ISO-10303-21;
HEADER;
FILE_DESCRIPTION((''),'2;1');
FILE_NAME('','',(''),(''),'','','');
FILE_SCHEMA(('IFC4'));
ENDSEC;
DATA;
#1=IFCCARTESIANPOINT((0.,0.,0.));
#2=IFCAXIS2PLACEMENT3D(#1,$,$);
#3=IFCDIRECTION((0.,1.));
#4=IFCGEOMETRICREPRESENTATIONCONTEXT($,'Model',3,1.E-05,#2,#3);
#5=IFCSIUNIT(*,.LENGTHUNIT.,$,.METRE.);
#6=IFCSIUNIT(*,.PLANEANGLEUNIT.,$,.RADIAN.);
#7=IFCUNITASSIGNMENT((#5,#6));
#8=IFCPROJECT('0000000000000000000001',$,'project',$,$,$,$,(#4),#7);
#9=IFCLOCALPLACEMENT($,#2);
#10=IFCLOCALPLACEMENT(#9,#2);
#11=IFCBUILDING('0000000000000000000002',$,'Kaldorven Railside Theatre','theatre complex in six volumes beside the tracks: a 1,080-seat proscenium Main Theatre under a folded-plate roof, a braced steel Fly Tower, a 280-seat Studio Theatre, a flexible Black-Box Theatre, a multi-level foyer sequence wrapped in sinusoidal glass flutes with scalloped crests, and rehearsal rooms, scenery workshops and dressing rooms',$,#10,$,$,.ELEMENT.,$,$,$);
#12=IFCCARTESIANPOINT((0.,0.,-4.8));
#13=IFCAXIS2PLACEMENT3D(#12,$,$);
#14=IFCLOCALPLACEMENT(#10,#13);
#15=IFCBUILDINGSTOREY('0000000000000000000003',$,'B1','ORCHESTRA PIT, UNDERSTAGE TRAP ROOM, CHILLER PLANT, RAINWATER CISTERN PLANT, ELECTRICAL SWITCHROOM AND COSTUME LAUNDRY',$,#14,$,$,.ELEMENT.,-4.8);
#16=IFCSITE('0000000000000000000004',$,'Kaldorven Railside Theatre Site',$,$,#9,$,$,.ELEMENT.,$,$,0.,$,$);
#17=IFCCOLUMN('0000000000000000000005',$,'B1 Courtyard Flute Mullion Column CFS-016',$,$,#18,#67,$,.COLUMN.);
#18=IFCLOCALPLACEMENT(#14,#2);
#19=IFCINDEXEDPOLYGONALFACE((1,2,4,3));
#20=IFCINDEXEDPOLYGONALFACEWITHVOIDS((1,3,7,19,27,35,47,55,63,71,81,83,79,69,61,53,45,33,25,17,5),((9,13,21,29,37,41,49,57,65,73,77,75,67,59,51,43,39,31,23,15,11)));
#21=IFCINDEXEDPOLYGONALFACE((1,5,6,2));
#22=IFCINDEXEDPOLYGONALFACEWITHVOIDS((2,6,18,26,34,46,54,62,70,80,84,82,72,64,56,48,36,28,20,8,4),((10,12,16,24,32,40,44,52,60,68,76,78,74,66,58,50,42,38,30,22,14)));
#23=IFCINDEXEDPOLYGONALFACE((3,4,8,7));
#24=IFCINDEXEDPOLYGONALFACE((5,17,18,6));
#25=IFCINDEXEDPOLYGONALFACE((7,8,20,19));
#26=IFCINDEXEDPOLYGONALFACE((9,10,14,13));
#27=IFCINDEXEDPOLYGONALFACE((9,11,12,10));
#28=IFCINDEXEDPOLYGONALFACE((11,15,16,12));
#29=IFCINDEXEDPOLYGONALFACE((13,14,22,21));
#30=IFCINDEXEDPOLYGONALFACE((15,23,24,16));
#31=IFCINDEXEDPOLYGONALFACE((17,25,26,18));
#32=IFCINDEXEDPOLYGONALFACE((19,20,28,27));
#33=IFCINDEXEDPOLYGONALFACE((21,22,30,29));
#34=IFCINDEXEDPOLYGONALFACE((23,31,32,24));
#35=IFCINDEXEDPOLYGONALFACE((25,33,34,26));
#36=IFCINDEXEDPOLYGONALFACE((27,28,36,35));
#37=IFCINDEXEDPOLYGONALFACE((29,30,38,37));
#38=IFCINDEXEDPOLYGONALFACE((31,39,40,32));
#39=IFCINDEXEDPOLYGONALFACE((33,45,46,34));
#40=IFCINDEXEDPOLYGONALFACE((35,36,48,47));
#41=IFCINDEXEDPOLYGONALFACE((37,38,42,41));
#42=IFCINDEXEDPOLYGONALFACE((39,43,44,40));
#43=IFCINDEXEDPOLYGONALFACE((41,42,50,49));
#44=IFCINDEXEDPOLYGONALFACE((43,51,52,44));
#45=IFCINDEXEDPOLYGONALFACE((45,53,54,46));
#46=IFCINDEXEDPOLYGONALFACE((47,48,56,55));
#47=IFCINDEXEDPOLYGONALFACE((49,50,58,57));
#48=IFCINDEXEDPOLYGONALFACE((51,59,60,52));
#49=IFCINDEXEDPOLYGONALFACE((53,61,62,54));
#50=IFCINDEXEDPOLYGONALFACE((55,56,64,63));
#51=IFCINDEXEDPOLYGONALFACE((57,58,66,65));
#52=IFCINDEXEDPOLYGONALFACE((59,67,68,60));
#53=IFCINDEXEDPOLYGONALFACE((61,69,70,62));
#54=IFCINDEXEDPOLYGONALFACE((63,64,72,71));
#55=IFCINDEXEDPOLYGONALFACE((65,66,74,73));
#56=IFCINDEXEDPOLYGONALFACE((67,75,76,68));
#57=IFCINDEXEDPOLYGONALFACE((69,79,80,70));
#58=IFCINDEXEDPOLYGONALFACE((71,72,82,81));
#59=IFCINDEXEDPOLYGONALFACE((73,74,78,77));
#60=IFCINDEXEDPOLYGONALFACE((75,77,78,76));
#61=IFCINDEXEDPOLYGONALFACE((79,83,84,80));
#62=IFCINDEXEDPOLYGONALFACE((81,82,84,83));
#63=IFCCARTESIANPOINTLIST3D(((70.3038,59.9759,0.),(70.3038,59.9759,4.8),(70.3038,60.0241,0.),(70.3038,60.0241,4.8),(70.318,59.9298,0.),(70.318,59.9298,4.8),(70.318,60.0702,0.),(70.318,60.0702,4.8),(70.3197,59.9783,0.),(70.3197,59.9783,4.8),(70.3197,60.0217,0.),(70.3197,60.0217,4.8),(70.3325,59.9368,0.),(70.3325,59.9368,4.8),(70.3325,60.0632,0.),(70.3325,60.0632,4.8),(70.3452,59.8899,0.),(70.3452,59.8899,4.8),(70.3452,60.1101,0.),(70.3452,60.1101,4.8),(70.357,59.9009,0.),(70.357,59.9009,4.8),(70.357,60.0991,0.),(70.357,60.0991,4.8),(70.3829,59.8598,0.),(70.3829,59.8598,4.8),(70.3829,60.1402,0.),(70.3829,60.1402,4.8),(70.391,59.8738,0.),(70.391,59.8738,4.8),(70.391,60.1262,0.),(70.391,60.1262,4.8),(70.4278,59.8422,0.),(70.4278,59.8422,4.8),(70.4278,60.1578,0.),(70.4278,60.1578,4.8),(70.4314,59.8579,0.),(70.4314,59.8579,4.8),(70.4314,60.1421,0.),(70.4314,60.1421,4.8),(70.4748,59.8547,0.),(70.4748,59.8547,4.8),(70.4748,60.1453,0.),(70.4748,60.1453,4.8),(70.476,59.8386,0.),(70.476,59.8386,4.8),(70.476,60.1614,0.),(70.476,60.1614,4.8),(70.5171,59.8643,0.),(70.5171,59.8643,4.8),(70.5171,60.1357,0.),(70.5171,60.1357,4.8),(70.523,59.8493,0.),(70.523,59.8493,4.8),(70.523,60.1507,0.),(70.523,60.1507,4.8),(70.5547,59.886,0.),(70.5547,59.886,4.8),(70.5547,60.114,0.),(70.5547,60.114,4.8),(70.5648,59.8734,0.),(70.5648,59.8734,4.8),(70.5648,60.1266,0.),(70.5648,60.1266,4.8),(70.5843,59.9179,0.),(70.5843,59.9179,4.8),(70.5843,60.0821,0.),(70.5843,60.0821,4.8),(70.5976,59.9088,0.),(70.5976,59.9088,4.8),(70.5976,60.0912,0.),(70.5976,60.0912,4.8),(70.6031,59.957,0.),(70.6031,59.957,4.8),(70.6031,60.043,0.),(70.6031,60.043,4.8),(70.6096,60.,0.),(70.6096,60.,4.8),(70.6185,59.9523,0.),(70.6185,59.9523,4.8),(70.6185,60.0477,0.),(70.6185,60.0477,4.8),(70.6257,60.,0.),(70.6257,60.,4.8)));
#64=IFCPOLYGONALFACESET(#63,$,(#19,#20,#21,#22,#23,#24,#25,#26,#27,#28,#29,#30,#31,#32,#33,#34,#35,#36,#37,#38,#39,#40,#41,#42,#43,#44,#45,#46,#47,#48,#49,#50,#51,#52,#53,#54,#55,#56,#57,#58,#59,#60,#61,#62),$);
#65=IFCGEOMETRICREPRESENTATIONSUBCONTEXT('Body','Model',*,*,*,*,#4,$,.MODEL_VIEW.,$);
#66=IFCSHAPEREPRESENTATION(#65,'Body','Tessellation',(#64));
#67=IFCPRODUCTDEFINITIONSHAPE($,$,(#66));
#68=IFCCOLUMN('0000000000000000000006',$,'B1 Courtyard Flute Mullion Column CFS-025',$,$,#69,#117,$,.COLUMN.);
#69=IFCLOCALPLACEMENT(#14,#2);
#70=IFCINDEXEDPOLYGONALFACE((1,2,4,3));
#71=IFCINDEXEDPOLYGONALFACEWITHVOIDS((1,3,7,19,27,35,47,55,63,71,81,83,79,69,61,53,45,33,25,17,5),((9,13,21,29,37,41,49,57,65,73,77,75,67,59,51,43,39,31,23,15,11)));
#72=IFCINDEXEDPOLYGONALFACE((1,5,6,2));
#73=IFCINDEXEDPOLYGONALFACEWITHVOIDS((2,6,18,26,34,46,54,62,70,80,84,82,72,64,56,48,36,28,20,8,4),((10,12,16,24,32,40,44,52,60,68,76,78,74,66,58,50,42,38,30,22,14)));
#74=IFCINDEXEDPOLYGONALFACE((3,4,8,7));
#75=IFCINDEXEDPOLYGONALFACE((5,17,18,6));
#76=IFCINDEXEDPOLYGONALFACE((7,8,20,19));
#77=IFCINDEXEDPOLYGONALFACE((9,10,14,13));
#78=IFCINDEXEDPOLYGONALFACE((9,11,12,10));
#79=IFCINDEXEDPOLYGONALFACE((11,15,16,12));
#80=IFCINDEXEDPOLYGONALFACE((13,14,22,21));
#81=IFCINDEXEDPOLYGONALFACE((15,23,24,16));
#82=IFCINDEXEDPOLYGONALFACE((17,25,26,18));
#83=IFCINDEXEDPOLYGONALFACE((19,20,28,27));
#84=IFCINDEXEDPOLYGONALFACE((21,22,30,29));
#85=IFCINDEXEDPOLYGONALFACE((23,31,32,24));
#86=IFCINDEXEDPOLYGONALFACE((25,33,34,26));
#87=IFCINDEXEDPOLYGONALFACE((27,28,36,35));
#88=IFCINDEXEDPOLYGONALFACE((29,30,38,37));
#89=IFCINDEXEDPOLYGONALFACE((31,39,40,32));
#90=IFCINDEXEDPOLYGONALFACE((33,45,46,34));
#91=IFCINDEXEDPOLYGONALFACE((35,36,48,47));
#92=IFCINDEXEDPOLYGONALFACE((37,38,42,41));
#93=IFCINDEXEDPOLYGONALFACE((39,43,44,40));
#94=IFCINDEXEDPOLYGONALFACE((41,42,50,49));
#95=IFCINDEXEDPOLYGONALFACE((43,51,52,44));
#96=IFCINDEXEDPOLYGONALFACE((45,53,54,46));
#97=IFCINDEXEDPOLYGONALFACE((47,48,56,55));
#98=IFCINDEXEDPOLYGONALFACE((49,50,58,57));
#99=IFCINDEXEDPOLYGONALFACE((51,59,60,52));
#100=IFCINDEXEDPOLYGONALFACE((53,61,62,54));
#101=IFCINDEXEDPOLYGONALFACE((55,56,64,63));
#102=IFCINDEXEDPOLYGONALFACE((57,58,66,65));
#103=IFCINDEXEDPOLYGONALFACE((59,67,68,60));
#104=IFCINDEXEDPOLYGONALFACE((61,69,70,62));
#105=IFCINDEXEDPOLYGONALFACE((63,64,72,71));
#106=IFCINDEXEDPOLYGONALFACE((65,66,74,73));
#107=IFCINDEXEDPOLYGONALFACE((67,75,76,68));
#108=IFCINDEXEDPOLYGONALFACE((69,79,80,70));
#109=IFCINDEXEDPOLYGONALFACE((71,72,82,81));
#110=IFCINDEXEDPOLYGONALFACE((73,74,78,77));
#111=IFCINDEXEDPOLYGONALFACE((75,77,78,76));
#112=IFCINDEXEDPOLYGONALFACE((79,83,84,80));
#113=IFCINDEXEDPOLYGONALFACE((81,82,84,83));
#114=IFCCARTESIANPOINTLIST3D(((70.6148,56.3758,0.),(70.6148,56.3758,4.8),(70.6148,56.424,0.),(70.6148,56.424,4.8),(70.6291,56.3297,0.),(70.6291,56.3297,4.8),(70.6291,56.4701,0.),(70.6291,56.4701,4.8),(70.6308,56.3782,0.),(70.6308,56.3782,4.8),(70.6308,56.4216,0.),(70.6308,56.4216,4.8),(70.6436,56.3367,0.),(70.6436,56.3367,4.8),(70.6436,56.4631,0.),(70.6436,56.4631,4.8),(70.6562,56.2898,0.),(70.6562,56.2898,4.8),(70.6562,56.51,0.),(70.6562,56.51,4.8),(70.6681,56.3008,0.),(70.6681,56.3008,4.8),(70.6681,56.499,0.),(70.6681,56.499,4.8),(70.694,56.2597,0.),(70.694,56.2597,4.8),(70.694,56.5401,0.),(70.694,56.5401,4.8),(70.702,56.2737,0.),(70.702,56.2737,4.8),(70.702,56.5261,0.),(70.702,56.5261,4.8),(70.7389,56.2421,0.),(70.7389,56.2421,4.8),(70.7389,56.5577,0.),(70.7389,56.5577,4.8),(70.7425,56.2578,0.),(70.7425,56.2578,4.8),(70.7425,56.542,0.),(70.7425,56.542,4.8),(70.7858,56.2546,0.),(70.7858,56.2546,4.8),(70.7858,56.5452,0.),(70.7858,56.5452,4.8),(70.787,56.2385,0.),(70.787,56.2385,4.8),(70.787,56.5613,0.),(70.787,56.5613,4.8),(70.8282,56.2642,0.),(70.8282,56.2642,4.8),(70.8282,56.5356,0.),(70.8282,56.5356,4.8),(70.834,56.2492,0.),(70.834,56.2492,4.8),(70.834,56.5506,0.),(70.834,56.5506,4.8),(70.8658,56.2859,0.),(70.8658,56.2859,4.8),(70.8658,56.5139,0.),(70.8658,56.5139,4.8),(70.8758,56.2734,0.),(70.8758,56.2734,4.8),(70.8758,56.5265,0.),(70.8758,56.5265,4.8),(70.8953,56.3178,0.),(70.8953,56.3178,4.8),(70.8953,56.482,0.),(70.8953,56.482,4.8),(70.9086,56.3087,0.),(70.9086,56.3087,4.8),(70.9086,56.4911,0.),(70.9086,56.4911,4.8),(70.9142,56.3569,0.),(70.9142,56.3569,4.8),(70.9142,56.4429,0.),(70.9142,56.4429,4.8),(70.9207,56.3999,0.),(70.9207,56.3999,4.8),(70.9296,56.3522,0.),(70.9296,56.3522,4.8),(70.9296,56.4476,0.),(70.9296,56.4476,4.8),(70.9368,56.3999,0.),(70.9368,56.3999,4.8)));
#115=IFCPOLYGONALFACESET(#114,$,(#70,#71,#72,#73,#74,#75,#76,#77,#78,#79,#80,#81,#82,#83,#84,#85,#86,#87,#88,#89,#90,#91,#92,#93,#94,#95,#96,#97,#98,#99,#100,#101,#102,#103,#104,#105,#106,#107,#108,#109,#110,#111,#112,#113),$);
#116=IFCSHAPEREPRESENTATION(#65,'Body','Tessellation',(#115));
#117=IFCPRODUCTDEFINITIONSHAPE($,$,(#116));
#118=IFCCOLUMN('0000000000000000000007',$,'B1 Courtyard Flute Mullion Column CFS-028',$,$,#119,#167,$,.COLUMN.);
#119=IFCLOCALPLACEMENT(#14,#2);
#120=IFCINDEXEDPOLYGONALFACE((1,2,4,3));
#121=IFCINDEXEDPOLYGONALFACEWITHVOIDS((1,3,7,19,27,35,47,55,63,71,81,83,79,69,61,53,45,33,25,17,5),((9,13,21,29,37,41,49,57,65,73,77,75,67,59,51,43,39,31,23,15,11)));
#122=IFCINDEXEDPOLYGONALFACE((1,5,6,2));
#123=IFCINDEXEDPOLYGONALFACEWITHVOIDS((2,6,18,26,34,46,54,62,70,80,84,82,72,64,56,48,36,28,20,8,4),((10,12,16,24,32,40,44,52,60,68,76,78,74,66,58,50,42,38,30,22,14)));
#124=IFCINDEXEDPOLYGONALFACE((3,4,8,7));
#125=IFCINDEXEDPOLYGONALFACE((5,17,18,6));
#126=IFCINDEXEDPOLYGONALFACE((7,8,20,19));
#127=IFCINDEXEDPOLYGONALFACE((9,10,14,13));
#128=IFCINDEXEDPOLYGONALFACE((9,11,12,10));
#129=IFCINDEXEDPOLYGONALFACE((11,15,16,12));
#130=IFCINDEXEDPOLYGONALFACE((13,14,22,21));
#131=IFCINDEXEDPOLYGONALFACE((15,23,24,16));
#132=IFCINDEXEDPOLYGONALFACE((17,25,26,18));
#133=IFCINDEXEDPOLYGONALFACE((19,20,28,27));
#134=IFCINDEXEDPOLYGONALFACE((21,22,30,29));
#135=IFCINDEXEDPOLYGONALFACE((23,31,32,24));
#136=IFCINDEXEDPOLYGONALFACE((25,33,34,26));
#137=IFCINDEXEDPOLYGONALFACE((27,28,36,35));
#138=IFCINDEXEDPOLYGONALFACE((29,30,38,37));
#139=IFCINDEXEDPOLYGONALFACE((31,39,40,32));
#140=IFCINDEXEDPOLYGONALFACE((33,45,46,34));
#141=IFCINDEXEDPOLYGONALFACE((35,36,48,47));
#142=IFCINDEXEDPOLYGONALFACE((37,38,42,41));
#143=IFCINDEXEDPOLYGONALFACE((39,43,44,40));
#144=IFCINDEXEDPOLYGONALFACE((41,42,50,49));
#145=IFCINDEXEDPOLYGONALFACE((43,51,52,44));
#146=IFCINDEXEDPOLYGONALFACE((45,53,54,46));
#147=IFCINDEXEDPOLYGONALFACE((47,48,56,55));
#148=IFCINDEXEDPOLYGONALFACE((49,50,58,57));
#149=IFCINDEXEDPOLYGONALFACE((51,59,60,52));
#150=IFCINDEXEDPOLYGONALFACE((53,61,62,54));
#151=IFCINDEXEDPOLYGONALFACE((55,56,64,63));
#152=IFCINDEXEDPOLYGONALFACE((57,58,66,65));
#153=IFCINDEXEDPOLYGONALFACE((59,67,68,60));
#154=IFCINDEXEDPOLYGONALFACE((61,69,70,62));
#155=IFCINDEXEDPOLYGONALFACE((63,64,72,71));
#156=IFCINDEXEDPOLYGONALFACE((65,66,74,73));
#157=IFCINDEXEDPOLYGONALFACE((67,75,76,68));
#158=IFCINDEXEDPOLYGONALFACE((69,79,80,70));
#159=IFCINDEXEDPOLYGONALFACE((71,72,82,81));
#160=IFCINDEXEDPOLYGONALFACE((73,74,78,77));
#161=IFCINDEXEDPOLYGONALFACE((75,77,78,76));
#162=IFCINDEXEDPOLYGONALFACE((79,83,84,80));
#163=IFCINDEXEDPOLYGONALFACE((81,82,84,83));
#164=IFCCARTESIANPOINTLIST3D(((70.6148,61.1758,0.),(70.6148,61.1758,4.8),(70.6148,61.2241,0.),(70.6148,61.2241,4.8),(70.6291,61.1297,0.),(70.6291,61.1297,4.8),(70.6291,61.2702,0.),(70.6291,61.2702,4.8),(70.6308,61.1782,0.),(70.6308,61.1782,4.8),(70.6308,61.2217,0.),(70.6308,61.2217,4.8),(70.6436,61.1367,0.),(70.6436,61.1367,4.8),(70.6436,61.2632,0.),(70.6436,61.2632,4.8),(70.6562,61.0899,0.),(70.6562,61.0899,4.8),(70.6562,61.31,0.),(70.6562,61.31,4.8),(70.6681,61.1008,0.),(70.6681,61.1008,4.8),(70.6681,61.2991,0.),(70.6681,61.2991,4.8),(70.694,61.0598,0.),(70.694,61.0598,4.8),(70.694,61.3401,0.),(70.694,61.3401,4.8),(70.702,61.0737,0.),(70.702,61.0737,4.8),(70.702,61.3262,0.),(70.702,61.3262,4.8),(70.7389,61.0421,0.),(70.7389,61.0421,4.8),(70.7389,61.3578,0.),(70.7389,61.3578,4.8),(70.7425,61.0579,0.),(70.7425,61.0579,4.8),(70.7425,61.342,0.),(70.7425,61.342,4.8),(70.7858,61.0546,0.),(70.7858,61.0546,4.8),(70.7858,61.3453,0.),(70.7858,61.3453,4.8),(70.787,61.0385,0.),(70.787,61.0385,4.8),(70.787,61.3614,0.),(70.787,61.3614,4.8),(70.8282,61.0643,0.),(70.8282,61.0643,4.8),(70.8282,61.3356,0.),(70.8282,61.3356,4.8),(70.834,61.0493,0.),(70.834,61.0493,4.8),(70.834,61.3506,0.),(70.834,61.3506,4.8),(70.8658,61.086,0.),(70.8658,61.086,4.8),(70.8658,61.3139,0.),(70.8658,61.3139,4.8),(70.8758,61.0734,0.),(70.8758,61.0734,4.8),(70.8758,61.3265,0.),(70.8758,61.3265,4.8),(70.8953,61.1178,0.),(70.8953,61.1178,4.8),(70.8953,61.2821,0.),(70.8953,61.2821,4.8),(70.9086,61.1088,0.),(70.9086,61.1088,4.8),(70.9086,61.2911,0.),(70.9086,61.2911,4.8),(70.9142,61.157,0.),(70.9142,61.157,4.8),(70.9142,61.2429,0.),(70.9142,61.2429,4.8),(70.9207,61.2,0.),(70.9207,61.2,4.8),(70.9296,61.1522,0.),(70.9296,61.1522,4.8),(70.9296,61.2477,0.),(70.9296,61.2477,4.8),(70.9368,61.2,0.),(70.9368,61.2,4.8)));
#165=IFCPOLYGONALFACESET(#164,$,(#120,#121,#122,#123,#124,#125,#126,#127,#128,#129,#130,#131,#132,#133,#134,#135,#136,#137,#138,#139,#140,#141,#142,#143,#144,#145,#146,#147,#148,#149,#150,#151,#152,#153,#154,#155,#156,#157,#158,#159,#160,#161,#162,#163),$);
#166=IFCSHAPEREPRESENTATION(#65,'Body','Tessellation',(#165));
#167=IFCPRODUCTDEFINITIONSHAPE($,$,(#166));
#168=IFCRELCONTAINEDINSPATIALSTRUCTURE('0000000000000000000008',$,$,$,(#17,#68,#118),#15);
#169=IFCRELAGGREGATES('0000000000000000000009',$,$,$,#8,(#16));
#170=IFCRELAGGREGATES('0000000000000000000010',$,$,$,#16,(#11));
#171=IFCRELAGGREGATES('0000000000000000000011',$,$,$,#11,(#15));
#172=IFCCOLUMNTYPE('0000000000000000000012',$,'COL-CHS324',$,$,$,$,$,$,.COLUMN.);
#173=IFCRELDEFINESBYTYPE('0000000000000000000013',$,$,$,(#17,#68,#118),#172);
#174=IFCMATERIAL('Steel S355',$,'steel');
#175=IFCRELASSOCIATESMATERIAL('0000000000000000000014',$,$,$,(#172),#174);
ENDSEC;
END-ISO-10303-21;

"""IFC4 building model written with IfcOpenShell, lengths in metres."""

from ifc_helpers import new_model, si_unit, direction, frame, origin, origin_2d, place, context, subcontext, project, spatial, hollow_circle, extrude, material, material_profile, profile_set, type_object, element, save


model = new_model("IFC4")

# Units and contexts
model_context = context("Model", 3, precision=1e-05, world=origin(), true_north=direction((0.0, 1.0)))
body_context = subcontext(model_context, "Body", "Model", "MODEL_VIEW")
ifc_project = project(units=[si_unit("LENGTHUNIT", "METRE"), si_unit("PLANEANGLEUNIT", "RADIAN")], contexts=[model_context])

# Site, building, storey
site_placement = place(None, origin())
site = spatial("IfcSite", under=ifc_project, at=site_placement, Name="Kaldorven Railside Theatre Site", CompositionType="ELEMENT", RefElevation=0.0)
building_placement = place(site_placement, origin())
building = spatial("IfcBuilding", under=site, at=building_placement, Name="Kaldorven Railside Theatre", Description="theatre complex in six volumes beside the tracks: a 1,080-seat proscenium Main Theatre under a folded-plate roof, a braced steel Fly Tower, a 280-seat Studio Theatre, a flexible Black-Box Theatre, a multi-level foyer sequence wrapped in sinusoidal glass flutes with scalloped crests, and rehearsal rooms, scenery workshops and dressing rooms", CompositionType="ELEMENT")
storey_placement = place(building_placement, frame((0.0, 0.0, -4.8)))
storey = spatial("IfcBuildingStorey", under=building, at=storey_placement, Name="B1", Description="ORCHESTRA PIT, UNDERSTAGE TRAP ROOM, CHILLER PLANT, RAINWATER CISTERN PLANT, ELECTRICAL SWITCHROOM AND COSTUME LAUNDRY", CompositionType="ELEMENT", Elevation=-4.8)

# Columns
ifc_material_1 = material(Name="Steel S355", Category="steel")
ifc_material_profile_1 = material_profile(ifc_material_1, hollow_circle(Radius=0.1619, WallThickness=0.0161, at=origin_2d()), Name="CHS 323.9x16")
ifc_profile_set_1 = profile_set([ifc_material_profile_1], Name="Steel S355")
column_type_1 = type_object("IfcColumnType", Name="COL-CHS324", PredefinedType="COLUMN", material=ifc_profile_set_1)
for number, where, z_axis, x_axis, name in (
    (1, (70.4639, 60.0, 0.0), (0.0, 0.0, 1.0), (1.0, 0.0, 0.0), "B1 Courtyard Flute Mullion Column CFS-016"),
    (2, (70.7749, 56.3999, 0.0), (0.0, 0.0, 1.0), (1.0, 0.0, 0.0), "B1 Courtyard Flute Mullion Column CFS-025"),
    (3, (70.7749, 61.2, 0.0), (0.0, 0.0, 1.0), (1.0, 0.0, 0.0), "B1 Courtyard Flute Mullion Column CFS-028"),
):
    element("IfcColumn", number, at=place(storey_placement, frame(where, z_axis=z_axis, x_axis=x_axis)), inside=storey, type_object=column_type_1, Name=name, PredefinedType="COLUMN", context=body_context, shape_type="SweptSolid", body=[
        extrude(hollow_circle(Radius=0.1619, WallThickness=0.0161, at=origin_2d()), origin(), (0.0, 0.0, 1.0), 4.8),
    ])

save(model, "model.ifc")
